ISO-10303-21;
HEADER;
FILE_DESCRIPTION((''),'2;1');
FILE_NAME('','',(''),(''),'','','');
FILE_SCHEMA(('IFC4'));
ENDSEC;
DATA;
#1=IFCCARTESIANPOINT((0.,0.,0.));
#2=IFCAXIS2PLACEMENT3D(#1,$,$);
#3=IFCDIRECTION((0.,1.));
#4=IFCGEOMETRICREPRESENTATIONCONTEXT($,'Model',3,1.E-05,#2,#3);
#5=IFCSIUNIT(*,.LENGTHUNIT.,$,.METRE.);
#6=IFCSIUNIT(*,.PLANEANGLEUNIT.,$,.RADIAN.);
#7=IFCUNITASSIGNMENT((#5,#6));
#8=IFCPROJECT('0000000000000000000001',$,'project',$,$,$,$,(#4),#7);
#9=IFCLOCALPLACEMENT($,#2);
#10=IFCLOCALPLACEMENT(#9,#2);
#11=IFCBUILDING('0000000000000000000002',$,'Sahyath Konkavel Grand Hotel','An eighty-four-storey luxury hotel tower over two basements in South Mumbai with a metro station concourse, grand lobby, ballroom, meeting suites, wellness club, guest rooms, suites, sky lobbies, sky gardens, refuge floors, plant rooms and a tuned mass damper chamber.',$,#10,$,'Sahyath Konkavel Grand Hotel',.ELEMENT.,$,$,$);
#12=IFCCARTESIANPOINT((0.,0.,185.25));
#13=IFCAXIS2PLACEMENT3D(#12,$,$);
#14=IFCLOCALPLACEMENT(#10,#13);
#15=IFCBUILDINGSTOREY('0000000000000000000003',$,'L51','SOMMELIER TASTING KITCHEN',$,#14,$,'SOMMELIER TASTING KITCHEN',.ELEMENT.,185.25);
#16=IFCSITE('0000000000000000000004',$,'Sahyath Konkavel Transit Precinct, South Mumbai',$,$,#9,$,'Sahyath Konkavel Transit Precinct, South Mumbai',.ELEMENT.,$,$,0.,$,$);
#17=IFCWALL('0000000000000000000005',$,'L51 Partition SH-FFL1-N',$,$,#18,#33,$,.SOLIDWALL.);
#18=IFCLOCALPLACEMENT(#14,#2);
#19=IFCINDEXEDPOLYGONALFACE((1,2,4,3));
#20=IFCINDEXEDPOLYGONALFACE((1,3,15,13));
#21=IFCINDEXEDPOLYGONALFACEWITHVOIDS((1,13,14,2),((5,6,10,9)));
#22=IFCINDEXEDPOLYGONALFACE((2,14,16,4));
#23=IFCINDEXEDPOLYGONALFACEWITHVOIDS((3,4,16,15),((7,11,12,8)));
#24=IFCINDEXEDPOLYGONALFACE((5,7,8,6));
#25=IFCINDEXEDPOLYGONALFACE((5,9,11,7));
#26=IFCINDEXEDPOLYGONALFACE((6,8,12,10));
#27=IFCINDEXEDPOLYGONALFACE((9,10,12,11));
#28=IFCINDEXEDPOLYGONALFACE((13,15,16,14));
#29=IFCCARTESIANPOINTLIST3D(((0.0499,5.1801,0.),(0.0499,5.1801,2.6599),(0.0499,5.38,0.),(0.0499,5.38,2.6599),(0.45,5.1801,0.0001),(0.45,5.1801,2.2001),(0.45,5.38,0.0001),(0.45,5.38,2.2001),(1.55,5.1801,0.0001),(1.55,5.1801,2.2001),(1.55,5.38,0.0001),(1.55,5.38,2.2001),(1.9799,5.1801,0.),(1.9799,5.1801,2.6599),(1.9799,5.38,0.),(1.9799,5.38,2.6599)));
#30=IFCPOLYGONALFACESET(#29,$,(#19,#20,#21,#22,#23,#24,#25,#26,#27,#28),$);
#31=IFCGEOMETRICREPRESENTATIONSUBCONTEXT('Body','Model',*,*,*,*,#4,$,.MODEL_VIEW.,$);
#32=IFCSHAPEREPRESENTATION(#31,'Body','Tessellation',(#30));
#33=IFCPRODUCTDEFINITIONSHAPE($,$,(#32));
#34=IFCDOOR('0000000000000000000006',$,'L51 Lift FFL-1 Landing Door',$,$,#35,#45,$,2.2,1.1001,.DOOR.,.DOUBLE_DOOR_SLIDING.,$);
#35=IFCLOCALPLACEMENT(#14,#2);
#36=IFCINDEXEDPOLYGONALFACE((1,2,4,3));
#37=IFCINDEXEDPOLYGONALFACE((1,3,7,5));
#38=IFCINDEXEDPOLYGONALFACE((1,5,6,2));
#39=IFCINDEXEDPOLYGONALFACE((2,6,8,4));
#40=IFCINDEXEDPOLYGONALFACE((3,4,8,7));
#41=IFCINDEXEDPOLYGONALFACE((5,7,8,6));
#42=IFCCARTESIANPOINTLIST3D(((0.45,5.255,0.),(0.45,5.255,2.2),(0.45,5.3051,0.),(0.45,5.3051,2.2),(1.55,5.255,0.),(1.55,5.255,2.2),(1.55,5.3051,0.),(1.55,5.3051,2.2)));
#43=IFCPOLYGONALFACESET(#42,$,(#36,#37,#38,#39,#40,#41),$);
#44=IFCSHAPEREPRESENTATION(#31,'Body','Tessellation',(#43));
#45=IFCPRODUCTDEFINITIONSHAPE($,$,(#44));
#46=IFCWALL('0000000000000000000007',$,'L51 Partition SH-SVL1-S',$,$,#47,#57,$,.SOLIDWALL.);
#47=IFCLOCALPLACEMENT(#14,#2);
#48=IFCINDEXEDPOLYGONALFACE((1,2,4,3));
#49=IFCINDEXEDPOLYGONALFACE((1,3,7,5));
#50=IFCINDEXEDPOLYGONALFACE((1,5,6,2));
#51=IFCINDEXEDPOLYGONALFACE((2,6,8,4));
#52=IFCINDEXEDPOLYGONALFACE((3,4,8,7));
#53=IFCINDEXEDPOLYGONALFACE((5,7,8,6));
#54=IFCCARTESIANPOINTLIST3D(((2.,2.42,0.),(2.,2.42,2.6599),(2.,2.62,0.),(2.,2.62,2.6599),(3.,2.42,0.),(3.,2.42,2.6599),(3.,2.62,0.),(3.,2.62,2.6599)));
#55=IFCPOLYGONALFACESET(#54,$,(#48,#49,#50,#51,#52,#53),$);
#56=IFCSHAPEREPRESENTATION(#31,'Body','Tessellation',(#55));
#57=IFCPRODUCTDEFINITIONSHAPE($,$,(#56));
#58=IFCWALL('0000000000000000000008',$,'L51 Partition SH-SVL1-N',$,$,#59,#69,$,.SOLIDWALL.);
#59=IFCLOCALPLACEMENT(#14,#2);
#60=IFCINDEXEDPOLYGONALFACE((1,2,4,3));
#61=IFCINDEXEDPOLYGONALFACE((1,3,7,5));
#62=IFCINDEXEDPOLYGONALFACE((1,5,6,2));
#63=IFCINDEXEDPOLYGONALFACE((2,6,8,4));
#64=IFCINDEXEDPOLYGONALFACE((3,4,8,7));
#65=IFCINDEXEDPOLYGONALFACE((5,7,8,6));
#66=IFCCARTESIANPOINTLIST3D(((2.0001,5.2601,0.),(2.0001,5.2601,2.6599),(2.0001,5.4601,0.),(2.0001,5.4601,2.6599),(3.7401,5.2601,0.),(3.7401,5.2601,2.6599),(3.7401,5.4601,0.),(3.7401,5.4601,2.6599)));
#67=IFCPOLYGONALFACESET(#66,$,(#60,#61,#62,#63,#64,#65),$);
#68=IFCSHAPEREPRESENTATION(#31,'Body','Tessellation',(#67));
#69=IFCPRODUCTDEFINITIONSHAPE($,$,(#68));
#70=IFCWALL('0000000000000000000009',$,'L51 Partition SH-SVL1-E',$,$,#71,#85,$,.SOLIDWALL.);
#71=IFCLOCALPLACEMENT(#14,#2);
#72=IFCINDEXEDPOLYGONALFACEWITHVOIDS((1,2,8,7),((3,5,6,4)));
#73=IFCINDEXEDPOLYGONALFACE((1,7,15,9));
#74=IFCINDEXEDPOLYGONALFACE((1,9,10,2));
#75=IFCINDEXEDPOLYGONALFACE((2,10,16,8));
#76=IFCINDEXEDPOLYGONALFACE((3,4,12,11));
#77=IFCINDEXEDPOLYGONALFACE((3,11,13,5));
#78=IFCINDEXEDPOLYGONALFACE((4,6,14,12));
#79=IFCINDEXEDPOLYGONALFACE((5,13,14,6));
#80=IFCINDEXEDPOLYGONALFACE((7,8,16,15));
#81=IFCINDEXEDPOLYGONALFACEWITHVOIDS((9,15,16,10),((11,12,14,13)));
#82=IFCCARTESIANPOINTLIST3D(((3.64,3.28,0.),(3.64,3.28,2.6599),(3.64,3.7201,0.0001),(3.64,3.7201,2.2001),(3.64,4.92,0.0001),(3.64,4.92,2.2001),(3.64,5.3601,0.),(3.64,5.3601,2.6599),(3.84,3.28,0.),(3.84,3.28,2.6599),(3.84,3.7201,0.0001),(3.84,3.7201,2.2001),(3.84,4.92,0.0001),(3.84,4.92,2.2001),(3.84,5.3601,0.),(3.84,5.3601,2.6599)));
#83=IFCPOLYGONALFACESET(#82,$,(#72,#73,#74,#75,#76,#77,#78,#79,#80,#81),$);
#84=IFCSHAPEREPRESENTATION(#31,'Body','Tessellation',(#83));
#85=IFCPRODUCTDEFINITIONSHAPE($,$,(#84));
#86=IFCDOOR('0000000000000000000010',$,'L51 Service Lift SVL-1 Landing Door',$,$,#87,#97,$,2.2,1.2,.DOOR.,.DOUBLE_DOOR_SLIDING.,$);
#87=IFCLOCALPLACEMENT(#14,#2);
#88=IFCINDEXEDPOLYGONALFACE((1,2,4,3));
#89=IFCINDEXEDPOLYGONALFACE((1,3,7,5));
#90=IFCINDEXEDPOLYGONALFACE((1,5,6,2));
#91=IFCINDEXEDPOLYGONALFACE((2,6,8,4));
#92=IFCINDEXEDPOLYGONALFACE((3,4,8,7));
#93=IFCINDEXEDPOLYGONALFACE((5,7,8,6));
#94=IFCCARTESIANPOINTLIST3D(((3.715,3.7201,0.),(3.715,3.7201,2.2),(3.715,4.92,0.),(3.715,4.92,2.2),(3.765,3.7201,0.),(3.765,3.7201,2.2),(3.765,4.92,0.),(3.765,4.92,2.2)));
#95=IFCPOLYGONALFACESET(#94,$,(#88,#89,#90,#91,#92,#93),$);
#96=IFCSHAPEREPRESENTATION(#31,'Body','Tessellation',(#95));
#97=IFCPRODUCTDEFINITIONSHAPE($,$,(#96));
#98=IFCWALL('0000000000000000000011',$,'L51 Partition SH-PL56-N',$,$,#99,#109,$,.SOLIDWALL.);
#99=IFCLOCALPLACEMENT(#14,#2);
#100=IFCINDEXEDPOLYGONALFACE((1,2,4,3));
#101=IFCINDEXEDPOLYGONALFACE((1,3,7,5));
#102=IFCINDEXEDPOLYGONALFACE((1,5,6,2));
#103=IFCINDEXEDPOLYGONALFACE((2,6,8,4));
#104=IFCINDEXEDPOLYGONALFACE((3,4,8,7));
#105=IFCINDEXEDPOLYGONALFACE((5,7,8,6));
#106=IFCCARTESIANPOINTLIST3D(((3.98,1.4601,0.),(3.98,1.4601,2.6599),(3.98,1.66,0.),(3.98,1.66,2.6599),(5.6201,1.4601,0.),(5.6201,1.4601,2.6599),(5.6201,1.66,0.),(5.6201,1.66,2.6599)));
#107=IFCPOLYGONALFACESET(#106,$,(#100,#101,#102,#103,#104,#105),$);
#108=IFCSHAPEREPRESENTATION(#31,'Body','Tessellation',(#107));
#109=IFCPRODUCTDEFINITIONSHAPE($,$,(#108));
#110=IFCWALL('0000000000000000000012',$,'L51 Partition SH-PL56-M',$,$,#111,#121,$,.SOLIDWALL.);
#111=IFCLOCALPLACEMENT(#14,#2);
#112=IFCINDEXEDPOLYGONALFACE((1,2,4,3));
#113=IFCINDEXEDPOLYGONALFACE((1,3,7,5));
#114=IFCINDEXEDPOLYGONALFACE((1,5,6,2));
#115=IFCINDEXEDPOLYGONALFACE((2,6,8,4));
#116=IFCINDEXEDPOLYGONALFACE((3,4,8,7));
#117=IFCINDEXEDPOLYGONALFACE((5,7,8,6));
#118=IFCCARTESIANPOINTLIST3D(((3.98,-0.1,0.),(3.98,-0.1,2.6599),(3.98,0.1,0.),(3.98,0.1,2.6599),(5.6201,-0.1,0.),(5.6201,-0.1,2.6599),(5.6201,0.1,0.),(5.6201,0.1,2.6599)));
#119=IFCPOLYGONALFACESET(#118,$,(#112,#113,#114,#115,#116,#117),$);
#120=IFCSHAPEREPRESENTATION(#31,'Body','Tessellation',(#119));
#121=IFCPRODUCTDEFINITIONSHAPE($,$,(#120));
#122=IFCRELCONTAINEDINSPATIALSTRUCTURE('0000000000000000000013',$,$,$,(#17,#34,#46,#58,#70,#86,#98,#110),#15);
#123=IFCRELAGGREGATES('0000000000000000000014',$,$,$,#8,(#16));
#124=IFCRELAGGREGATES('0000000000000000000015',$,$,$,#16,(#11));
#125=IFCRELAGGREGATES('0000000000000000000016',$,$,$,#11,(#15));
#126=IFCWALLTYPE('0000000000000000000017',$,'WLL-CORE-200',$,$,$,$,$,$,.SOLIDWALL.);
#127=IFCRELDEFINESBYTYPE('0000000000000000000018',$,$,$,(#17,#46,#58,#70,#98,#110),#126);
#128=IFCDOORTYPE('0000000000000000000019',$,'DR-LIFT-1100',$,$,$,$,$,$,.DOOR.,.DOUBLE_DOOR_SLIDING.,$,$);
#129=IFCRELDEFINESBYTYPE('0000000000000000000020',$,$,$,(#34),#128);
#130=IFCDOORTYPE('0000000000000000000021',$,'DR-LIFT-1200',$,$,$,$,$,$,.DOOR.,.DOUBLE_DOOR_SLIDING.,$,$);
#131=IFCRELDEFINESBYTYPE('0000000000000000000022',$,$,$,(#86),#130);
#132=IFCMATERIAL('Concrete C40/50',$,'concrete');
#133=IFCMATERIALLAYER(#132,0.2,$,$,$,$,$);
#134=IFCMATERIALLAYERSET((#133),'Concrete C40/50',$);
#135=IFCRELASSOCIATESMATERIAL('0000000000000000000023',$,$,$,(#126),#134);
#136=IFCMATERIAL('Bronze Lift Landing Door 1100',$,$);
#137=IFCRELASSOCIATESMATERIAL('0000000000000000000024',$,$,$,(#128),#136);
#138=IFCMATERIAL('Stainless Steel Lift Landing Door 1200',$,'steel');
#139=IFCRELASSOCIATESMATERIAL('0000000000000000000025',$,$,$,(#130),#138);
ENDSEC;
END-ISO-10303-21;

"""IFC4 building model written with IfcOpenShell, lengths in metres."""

from ifc_helpers import new_model, si_unit, direction, frame, frame_2d, origin, origin_2d, place, context, subcontext, project, spatial, rectangle, extrude, source, transform, mapped, material, layer, layer_set, type_object, element, fill, save


model = new_model("IFC4")

# Units and contexts
model_context = context("Model", 3, precision=1e-05, world=origin(), true_north=direction((0.0, 1.0)))
body_context = subcontext(model_context, "Body", "Model", "MODEL_VIEW")
ifc_project = project(units=[si_unit("LENGTHUNIT", "METRE"), si_unit("PLANEANGLEUNIT", "RADIAN")], contexts=[model_context])

# Site, building, storey
site_placement = place(None, origin())
site = spatial("IfcSite", under=ifc_project, at=site_placement, Name="Sahyath Konkavel Transit Precinct, South Mumbai", LongName="Sahyath Konkavel Transit Precinct, South Mumbai", CompositionType="ELEMENT", RefElevation=0.0)
building_placement = place(site_placement, origin())
building = spatial("IfcBuilding", under=site, at=building_placement, Name="Sahyath Konkavel Grand Hotel", Description="An eighty-four-storey luxury hotel tower over two basements in South Mumbai with a metro station concourse, grand lobby, ballroom, meeting suites, wellness club, guest rooms, suites, sky lobbies, sky gardens, refuge floors, plant rooms and a tuned mass damper chamber.", LongName="Sahyath Konkavel Grand Hotel", CompositionType="ELEMENT")
storey_placement = place(building_placement, frame((0.0, 0.0, 185.25)))
storey = spatial("IfcBuildingStorey", under=building, at=storey_placement, Name="L51", Description="SOMMELIER TASTING KITCHEN", LongName="SOMMELIER TASTING KITCHEN", CompositionType="ELEMENT", Elevation=185.25)

# Shared definitions
ifc_material_1 = material(Name="Concrete C40/50", Category="concrete")

# Shared definitions
ifc_layer_1 = layer(ifc_material_1, 0.2)
ifc_layer_set_1 = layer_set([ifc_layer_1], Name="Concrete C40/50")
wall_type = type_object("IfcWallType", Name="WLL-CORE-200", PredefinedType="SOLIDWALL", material=ifc_layer_set_1)

# Wall, opening, door
wall_1_placement = place(storey_placement, frame((0.05, 5.28, 0.0), z_axis=(0.0, 0.0, 1.0), x_axis=(1.0, 0.0, 0.0)))
wall_1 = element("IfcWall", 1, at=wall_1_placement, inside=storey, type_object=wall_type, Name="L51 Partition SH-FFL1-N", PredefinedType="SOLIDWALL", context=body_context, shape_type="SweptSolid", body=[
    extrude(rectangle(XDim=1.9299, YDim=0.2, at=frame_2d((0.9648, 0.0))), origin(), (0.0, 0.0, 1.0), 2.6599),
])
opening_1_placement = place(wall_1_placement, frame((0.3999, 0.0, 0.0)))
opening_1 = element("IfcOpeningElement", 2, at=opening_1_placement, cuts=wall_1, PredefinedType="OPENING", context=body_context, shape_type="SweptSolid", body=[
    extrude(rectangle(XDim=1.1001, YDim=2.2, at=frame_2d((0.55, 1.1001))), frame((0.0, 0.1099, 0.0), z_axis=(0.0, -1.0, 0.0), x_axis=(1.0, 0.0, 0.0)), (0.0, 0.0, 1.0), 0.22),
])
ifc_material_2 = material(Name="Bronze Lift Landing Door 1100")
door_type_1 = type_object("IfcDoorType", Name="DR-LIFT-1100", OperationType="DOUBLE_DOOR_SLIDING", PredefinedType="DOOR", material=ifc_material_2)
shared_shape_1 = source(origin(), body_context, "Body", "SweptSolid", [
    extrude(rectangle(XDim=1.1001, YDim=0.05, at=origin_2d()), origin(), (0.0, 0.0, 1.0), 2.2),
])
door_1_placement = place(opening_1_placement, frame((0.55, 0.0, 0.0)))
door_1 = element("IfcDoor", 3, at=door_1_placement, inside=storey, type_object=door_type_1, Name="L51 Lift FFL-1 Landing Door", OperationType="DOUBLE_DOOR_SLIDING", OverallHeight=2.2, OverallWidth=1.1001, PredefinedType="DOOR", context=body_context, shape_type="MappedRepresentation", body=[
    mapped(shared_shape_1, transform((0.0, 0.0, 0.0), scale=1.0)),
])
fill(opening_1, door_1)

# Walls
wall_2_placement = place(storey_placement, frame((2.0, 2.52, 0.0), z_axis=(0.0, 0.0, 1.0), x_axis=(1.0, 0.0, 0.0)))
element("IfcWall", 4, at=wall_2_placement, inside=storey, type_object=wall_type, Name="L51 Partition SH-SVL1-S", PredefinedType="SOLIDWALL", context=body_context, shape_type="SweptSolid", body=[
    extrude(rectangle(XDim=1.0, YDim=0.2, at=frame_2d((0.5, 0.0))), origin(), (0.0, 0.0, 1.0), 2.6599),
])
wall_3_placement = place(storey_placement, frame((2.0, 5.3601, 0.0), z_axis=(0.0, 0.0, 1.0), x_axis=(1.0, 0.0, 0.0)))
element("IfcWall", 5, at=wall_3_placement, inside=storey, type_object=wall_type, Name="L51 Partition SH-SVL1-N", PredefinedType="SOLIDWALL", context=body_context, shape_type="SweptSolid", body=[
    extrude(rectangle(XDim=1.74, YDim=0.2, at=frame_2d((0.8701, 0.0))), origin(), (0.0, 0.0, 1.0), 2.6599),
])

# Wall, opening, door
wall_4_placement = place(storey_placement, frame((3.74, 3.28, 0.0), z_axis=(0.0, 0.0, 1.0), x_axis=(0.0, 1.0, 0.0)))
wall_4 = element("IfcWall", 6, at=wall_4_placement, inside=storey, type_object=wall_type, Name="L51 Partition SH-SVL1-E", PredefinedType="SOLIDWALL", context=body_context, shape_type="SweptSolid", body=[
    extrude(rectangle(XDim=2.0801, YDim=0.2, at=frame_2d((1.04, 0.0))), origin(), (0.0, 0.0, 1.0), 2.6599),
])
opening_2_placement = place(wall_4_placement, frame((0.4399, 0.0, 0.0)))
opening_2 = element("IfcOpeningElement", 7, at=opening_2_placement, cuts=wall_4, PredefinedType="OPENING", context=body_context, shape_type="SweptSolid", body=[
    extrude(rectangle(XDim=1.2, YDim=2.2, at=frame_2d((0.6001, 1.1001))), frame((0.0, 0.1099, 0.0), z_axis=(0.0, -1.0, 0.0), x_axis=(1.0, 0.0, 0.0)), (0.0, 0.0, 1.0), 0.22),
])
ifc_material_3 = material(Name="Stainless Steel Lift Landing Door 1200", Category="steel")
door_type_2 = type_object("IfcDoorType", Name="DR-LIFT-1200", OperationType="DOUBLE_DOOR_SLIDING", PredefinedType="DOOR", material=ifc_material_3)
shared_shape_2 = source(origin(), body_context, "Body", "SweptSolid", [
    extrude(rectangle(XDim=1.2, YDim=0.05, at=origin_2d()), origin(), (0.0, 0.0, 1.0), 2.2),
])
door_2_placement = place(opening_2_placement, frame((0.6001, 0.0, 0.0)))
door_2 = element("IfcDoor", 8, at=door_2_placement, inside=storey, type_object=door_type_2, Name="L51 Service Lift SVL-1 Landing Door", OperationType="DOUBLE_DOOR_SLIDING", OverallHeight=2.2, OverallWidth=1.2, PredefinedType="DOOR", context=body_context, shape_type="MappedRepresentation", body=[
    mapped(shared_shape_2, transform((0.0, 0.0, 0.0), scale=1.0)),
])
fill(opening_2, door_2)

# Walls
for number, where, z_axis, x_axis, name in (
    (9, (3.98, 1.5601, 0.0), (0.0, 0.0, 1.0), (1.0, 0.0, 0.0), "L51 Partition SH-PL56-N"),
    (10, (3.98, 0.0, 0.0), (0.0, 0.0, 1.0), (1.0, 0.0, 0.0), "L51 Partition SH-PL56-M"),
):
    element("IfcWall", number, at=place(storey_placement, frame(where, z_axis=z_axis, x_axis=x_axis)), inside=storey, type_object=wall_type, Name=name, PredefinedType="SOLIDWALL", context=body_context, shape_type="SweptSolid", body=[
        extrude(rectangle(XDim=1.6401, YDim=0.2, at=frame_2d((0.8201, 0.0))), origin(), (0.0, 0.0, 1.0), 2.6599),
    ])

save(model, "model.ifc")
